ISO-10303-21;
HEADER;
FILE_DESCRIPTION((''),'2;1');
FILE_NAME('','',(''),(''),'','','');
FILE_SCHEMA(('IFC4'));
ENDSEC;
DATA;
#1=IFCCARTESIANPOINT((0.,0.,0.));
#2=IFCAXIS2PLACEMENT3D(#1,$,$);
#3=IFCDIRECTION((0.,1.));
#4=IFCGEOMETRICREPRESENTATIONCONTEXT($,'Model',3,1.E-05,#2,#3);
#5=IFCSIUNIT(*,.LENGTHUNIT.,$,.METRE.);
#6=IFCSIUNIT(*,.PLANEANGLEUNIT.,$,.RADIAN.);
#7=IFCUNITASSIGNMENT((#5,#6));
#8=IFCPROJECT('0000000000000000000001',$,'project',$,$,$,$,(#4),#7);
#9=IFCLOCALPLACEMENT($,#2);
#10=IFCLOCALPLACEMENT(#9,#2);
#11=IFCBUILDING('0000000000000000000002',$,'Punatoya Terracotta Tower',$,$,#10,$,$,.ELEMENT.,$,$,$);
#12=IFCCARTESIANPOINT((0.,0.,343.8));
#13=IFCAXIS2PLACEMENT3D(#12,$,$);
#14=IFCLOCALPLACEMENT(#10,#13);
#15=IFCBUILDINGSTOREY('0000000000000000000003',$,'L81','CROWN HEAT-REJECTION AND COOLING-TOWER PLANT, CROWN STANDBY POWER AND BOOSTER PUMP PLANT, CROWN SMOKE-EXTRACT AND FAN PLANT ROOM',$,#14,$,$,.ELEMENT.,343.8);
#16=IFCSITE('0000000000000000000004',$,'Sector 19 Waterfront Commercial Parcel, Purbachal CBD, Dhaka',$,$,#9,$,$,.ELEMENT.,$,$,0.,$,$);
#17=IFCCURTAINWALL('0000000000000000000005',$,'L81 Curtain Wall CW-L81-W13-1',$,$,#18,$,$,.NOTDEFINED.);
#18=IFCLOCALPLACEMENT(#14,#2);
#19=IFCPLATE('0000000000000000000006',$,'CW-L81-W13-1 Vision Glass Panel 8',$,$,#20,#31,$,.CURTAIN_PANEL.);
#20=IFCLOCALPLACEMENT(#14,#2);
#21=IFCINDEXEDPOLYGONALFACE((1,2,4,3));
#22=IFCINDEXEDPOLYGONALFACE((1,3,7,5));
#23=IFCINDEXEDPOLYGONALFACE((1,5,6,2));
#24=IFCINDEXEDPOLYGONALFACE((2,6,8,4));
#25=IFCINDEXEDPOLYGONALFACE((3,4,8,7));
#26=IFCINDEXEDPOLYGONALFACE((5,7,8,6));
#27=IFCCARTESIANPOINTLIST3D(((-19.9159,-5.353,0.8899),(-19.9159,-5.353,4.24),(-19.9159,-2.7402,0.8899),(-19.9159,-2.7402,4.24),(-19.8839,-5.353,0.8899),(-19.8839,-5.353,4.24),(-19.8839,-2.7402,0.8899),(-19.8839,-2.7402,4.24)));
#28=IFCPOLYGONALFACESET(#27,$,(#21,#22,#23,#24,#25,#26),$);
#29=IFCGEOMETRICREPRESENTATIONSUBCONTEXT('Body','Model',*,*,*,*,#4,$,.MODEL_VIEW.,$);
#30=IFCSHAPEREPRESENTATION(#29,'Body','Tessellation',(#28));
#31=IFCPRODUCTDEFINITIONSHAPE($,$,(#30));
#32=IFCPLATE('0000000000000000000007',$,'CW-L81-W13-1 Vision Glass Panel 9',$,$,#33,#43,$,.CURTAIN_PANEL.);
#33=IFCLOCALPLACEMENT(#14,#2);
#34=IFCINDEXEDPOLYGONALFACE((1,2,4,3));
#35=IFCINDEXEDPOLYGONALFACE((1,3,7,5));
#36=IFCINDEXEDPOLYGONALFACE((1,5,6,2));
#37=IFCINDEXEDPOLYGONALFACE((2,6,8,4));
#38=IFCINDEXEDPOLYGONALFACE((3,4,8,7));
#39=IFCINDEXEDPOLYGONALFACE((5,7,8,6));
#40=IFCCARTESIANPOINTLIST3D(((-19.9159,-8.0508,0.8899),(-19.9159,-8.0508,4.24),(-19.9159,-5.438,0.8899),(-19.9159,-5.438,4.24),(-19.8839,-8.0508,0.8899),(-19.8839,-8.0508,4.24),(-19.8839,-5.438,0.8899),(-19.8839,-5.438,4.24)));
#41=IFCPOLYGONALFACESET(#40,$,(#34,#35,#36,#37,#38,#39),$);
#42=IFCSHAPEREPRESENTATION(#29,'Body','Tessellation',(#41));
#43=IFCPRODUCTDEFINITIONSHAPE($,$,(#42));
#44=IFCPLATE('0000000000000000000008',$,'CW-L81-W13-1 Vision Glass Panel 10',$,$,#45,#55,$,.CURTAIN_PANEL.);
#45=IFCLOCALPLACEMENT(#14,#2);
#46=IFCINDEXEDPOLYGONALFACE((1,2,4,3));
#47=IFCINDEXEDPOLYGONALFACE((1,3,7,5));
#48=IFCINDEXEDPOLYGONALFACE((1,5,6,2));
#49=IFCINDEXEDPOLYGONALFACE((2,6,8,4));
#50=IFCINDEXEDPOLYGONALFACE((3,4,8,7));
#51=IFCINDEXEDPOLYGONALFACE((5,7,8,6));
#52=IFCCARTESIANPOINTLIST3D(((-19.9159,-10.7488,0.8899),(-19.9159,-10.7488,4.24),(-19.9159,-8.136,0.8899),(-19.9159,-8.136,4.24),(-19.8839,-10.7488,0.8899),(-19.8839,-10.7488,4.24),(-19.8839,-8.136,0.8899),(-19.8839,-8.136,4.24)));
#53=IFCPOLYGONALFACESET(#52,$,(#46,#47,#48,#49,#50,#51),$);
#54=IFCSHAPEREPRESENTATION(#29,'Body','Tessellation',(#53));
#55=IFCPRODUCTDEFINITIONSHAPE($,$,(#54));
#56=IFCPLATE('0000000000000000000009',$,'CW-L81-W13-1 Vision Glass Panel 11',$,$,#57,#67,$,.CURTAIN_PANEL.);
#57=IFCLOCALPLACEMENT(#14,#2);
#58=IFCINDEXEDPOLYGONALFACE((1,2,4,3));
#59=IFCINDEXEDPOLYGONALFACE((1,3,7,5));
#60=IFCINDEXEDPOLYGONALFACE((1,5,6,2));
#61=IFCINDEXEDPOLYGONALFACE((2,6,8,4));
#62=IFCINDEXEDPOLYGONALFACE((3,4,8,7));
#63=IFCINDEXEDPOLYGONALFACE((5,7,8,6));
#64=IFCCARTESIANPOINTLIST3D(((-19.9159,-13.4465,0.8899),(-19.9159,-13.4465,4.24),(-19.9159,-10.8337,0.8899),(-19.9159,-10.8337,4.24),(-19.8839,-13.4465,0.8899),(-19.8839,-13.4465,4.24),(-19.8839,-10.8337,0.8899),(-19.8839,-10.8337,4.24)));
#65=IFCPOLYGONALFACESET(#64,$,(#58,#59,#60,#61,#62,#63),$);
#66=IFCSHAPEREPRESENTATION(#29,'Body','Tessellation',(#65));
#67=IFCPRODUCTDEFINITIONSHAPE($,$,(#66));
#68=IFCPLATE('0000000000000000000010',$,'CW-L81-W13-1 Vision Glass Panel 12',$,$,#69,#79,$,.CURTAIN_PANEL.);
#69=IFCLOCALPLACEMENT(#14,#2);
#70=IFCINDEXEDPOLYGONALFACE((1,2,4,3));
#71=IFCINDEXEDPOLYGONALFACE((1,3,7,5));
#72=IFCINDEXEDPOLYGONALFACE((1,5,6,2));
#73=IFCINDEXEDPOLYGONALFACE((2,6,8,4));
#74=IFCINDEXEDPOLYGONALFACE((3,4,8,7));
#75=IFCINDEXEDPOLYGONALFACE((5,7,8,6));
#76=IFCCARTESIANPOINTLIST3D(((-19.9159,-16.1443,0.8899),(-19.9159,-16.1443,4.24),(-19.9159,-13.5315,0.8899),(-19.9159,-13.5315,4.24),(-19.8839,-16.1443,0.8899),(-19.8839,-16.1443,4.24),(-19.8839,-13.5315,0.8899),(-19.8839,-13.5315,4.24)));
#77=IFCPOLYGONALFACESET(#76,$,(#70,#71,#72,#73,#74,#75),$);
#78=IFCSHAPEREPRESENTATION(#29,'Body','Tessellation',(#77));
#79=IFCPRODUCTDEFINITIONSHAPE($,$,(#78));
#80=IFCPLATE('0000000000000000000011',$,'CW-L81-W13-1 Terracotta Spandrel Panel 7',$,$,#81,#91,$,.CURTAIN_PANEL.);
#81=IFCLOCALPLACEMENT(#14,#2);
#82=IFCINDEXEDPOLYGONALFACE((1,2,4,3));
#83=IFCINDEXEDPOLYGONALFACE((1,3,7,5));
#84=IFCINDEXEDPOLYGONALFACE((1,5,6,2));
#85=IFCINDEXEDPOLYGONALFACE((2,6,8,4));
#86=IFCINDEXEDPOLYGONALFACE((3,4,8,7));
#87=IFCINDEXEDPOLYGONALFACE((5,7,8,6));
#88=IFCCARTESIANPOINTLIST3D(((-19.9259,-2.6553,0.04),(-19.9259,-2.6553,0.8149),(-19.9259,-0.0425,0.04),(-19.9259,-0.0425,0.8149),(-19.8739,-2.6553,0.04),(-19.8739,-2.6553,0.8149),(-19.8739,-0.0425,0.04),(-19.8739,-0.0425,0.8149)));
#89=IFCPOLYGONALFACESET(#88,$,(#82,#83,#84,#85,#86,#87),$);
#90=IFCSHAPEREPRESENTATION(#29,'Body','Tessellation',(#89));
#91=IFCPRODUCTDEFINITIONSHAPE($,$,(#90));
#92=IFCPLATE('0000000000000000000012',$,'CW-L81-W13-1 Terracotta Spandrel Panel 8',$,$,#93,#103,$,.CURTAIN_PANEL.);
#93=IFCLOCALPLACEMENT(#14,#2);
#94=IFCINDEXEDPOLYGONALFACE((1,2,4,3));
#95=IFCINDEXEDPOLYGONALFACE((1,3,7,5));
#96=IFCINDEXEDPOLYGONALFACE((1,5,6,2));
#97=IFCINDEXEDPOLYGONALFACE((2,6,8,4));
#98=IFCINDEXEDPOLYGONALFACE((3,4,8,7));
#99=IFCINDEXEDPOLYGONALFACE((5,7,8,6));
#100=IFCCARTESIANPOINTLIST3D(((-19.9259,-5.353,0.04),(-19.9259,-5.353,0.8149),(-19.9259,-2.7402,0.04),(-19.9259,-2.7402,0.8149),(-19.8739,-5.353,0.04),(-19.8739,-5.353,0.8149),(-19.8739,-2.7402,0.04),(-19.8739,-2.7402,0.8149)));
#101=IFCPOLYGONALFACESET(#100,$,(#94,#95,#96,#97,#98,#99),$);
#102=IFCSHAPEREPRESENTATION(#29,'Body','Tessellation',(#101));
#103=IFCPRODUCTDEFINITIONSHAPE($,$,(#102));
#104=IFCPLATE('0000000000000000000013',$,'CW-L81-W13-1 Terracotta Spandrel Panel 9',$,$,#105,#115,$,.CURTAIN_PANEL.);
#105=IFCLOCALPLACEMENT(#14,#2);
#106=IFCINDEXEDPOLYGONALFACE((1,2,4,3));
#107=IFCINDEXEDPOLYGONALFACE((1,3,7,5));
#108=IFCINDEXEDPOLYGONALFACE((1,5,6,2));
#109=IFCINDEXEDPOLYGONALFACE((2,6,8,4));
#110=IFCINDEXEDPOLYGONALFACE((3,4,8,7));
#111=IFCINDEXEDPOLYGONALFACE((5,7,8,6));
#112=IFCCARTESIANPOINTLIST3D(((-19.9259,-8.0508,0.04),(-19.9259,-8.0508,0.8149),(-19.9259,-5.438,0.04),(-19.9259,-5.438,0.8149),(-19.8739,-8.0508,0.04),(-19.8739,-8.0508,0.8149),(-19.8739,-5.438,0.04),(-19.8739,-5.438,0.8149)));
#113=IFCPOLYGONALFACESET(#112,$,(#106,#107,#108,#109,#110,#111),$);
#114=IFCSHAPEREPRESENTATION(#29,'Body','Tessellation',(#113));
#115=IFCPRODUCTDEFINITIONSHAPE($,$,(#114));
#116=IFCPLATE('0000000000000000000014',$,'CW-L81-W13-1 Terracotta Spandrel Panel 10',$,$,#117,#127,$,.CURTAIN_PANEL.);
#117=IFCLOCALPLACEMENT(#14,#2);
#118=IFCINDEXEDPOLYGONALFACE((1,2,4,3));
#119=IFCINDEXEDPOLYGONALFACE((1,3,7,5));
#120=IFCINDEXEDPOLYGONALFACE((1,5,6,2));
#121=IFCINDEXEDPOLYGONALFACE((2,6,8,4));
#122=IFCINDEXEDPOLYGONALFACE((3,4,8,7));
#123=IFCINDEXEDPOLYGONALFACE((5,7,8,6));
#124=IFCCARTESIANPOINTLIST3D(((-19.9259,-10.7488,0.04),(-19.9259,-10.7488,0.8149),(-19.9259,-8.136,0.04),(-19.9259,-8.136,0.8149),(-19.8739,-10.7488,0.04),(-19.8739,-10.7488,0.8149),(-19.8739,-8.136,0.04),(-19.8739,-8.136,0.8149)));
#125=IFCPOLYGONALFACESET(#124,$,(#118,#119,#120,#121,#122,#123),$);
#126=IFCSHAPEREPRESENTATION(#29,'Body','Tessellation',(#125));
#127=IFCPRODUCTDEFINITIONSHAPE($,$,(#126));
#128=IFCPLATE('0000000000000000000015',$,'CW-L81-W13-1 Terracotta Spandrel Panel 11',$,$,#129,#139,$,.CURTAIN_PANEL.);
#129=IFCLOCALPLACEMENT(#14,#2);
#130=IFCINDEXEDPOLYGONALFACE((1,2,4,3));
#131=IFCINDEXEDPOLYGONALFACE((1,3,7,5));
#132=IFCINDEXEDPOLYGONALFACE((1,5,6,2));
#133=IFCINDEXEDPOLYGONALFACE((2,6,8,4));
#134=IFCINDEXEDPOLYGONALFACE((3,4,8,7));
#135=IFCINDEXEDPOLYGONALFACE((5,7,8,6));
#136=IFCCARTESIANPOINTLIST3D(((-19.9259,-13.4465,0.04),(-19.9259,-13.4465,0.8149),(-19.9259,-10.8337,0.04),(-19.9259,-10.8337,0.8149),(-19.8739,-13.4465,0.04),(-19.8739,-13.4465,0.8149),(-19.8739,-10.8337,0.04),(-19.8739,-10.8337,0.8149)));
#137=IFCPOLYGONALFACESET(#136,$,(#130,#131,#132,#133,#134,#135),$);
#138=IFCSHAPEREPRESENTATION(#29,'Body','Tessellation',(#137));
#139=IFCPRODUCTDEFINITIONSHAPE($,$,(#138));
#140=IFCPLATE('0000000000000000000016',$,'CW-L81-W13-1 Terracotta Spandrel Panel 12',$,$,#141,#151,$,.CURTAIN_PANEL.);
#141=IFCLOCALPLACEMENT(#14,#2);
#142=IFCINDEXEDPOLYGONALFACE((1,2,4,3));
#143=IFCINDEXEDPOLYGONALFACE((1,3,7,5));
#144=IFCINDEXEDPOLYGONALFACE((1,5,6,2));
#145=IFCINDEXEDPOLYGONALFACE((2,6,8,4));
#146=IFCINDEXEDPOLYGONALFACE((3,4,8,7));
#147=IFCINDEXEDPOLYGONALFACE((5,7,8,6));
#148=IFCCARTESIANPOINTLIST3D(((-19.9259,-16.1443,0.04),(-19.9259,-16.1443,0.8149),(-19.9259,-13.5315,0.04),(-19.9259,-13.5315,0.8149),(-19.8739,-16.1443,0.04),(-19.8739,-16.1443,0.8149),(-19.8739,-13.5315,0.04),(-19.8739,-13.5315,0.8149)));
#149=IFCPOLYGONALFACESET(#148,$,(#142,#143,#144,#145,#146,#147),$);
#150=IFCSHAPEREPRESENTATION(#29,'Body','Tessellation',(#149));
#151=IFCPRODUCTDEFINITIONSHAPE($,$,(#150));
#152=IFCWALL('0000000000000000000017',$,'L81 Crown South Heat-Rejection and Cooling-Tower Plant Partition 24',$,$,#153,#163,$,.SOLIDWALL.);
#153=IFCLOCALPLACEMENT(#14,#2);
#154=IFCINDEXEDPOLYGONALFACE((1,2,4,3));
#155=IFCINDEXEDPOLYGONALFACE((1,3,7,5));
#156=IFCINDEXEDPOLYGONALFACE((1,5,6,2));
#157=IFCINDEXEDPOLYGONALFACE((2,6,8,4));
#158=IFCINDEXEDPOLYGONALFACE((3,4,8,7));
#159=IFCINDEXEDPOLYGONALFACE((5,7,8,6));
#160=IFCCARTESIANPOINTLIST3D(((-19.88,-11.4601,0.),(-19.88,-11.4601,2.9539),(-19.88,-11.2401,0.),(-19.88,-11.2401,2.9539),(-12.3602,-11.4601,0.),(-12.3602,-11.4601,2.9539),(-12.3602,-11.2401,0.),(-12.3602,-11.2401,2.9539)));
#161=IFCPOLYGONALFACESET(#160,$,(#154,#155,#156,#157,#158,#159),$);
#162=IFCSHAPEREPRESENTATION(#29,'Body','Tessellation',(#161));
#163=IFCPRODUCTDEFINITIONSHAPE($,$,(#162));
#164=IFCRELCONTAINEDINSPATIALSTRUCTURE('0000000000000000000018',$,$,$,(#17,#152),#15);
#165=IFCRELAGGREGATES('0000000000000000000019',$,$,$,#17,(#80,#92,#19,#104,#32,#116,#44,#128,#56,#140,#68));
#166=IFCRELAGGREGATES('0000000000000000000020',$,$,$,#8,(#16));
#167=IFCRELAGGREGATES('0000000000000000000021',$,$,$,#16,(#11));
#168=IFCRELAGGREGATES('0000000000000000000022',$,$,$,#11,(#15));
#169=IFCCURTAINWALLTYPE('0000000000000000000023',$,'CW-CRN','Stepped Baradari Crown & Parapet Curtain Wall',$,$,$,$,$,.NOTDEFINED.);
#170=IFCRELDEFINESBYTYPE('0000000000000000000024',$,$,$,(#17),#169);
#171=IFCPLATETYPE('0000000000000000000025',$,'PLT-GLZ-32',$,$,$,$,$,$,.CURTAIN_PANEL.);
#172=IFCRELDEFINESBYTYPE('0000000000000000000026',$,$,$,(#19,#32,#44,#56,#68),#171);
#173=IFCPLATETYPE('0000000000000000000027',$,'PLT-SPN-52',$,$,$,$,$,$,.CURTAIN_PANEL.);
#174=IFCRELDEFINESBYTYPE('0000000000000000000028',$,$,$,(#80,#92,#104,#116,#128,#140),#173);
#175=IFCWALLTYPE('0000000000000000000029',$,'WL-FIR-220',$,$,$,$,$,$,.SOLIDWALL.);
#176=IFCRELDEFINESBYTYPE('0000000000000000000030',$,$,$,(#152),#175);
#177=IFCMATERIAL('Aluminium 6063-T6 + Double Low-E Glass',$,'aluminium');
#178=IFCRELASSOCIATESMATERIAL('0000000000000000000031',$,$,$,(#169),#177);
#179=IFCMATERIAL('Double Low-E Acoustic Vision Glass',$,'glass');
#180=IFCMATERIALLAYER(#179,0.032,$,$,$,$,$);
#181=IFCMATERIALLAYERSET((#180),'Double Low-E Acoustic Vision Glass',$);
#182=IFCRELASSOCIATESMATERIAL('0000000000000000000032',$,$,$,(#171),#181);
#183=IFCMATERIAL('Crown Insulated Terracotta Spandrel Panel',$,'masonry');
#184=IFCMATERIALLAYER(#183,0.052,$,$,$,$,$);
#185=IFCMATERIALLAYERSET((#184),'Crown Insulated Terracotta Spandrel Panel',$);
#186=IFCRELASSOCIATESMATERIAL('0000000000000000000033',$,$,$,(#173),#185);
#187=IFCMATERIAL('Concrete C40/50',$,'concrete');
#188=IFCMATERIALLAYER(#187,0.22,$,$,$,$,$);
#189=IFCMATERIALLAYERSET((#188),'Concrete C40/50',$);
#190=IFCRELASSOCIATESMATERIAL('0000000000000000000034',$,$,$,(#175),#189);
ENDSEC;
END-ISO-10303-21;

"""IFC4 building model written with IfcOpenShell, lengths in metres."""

from ifc_helpers import new_model, si_unit, direction, frame, frame_2d, origin, origin_2d, place, context, subcontext, project, spatial, rectangle, extrude, material, layer, layer_set, type_object, element, aggregate, save


model = new_model("IFC4")

# Units and contexts
model_context = context("Model", 3, precision=1e-05, world=origin(), true_north=direction((0.0, 1.0)))
body_context = subcontext(model_context, "Body", "Model", "MODEL_VIEW")
ifc_project = project(units=[si_unit("LENGTHUNIT", "METRE"), si_unit("PLANEANGLEUNIT", "RADIAN")], contexts=[model_context])

# Site, building, storey
site_placement = place(None, origin())
site = spatial("IfcSite", under=ifc_project, at=site_placement, Name="Sector 19 Waterfront Commercial Parcel, Purbachal CBD, Dhaka", CompositionType="ELEMENT", RefElevation=0.0)
building_placement = place(site_placement, origin())
building = spatial("IfcBuilding", under=site, at=building_placement, Name="Punatoya Terracotta Tower", CompositionType="ELEMENT")
storey_placement = place(building_placement, frame((0.0, 0.0, 343.8)))
storey = spatial("IfcBuildingStorey", under=building, at=storey_placement, Name="L81", Description="CROWN HEAT-REJECTION AND COOLING-TOWER PLANT, CROWN STANDBY POWER AND BOOSTER PUMP PLANT, CROWN SMOKE-EXTRACT AND FAN PLANT ROOM", CompositionType="ELEMENT", Elevation=343.8)

# Curtain wall, plates
ifc_material_1 = material(Name="Aluminium 6063-T6 + Double Low-E Glass", Category="aluminium")
curtain_wall_type = type_object("IfcCurtainWallType", Name="CW-CRN", Description="Stepped Baradari Crown & Parapet Curtain Wall", PredefinedType="NOTDEFINED", material=ifc_material_1)
curtain_wall_placement = place(storey_placement, origin())
curtain_wall = element("IfcCurtainWall", 1, at=curtain_wall_placement, inside=storey, type_object=curtain_wall_type, Name="L81 Curtain Wall CW-L81-W13-1", PredefinedType="NOTDEFINED")
ifc_material_2 = material(Name="Double Low-E Acoustic Vision Glass", Category="glass")
ifc_layer_1 = layer(ifc_material_2, 0.032)
ifc_layer_set_1 = layer_set([ifc_layer_1], Name="Double Low-E Acoustic Vision Glass")
plate_type_1 = type_object("IfcPlateType", Name="PLT-GLZ-32", PredefinedType="CURTAIN_PANEL", material=ifc_layer_set_1)
plate_1_placement = place(storey_placement, frame((-19.8999, -4.0466, 0.8899), z_axis=(0.0, 0.0, 1.0), x_axis=(0.0, -1.0, 0.0)))
plate_1 = element("IfcPlate", 2, at=plate_1_placement, type_object=plate_type_1, Name="CW-L81-W13-1 Vision Glass Panel 8", PredefinedType="CURTAIN_PANEL", context=body_context, shape_type="SweptSolid", body=[
    extrude(rectangle(XDim=2.6128, YDim=0.032, at=origin_2d()), origin(), (0.0, 0.0, 1.0), 3.3501),
])
plate_2_placement = place(storey_placement, frame((-19.8999, -6.7444, 0.8899), z_axis=(0.0, 0.0, 1.0), x_axis=(0.0, -1.0, 0.0)))
plate_2 = element("IfcPlate", 3, at=plate_2_placement, type_object=plate_type_1, Name="CW-L81-W13-1 Vision Glass Panel 9", PredefinedType="CURTAIN_PANEL", context=body_context, shape_type="SweptSolid", body=[
    extrude(rectangle(XDim=2.6128, YDim=0.032, at=origin_2d()), origin(), (0.0, 0.0, 1.0), 3.3501),
])
plate_3_placement = place(storey_placement, frame((-19.8999, -9.4424, 0.8899), z_axis=(0.0, 0.0, 1.0), x_axis=(0.0, -1.0, 0.0)))
plate_3 = element("IfcPlate", 4, at=plate_3_placement, type_object=plate_type_1, Name="CW-L81-W13-1 Vision Glass Panel 10", PredefinedType="CURTAIN_PANEL", context=body_context, shape_type="SweptSolid", body=[
    extrude(rectangle(XDim=2.6128, YDim=0.032, at=origin_2d()), origin(), (0.0, 0.0, 1.0), 3.3501),
])
plate_4_placement = place(storey_placement, frame((-19.8999, -12.1401, 0.8899), z_axis=(0.0, 0.0, 1.0), x_axis=(0.0, -1.0, 0.0)))
plate_4 = element("IfcPlate", 5, at=plate_4_placement, type_object=plate_type_1, Name="CW-L81-W13-1 Vision Glass Panel 11", PredefinedType="CURTAIN_PANEL", context=body_context, shape_type="SweptSolid", body=[
    extrude(rectangle(XDim=2.6128, YDim=0.032, at=origin_2d()), origin(), (0.0, 0.0, 1.0), 3.3501),
])
plate_5_placement = place(storey_placement, frame((-19.8999, -14.8379, 0.8899), z_axis=(0.0, 0.0, 1.0), x_axis=(0.0, -1.0, 0.0)))
plate_5 = element("IfcPlate", 6, at=plate_5_placement, type_object=plate_type_1, Name="CW-L81-W13-1 Vision Glass Panel 12", PredefinedType="CURTAIN_PANEL", context=body_context, shape_type="SweptSolid", body=[
    extrude(rectangle(XDim=2.6128, YDim=0.032, at=origin_2d()), origin(), (0.0, 0.0, 1.0), 3.3501),
])
ifc_material_3 = material(Name="Crown Insulated Terracotta Spandrel Panel", Category="masonry")
ifc_layer_2 = layer(ifc_material_3, 0.052)
ifc_layer_set_2 = layer_set([ifc_layer_2], Name="Crown Insulated Terracotta Spandrel Panel")
plate_type_2 = type_object("IfcPlateType", Name="PLT-SPN-52", PredefinedType="CURTAIN_PANEL", material=ifc_layer_set_2)
plate_6_placement = place(storey_placement, frame((-19.8999, -1.3489, 0.04), z_axis=(0.0, 0.0, 1.0), x_axis=(0.0, -1.0, 0.0)))
plate_6 = element("IfcPlate", 7, at=plate_6_placement, type_object=plate_type_2, Name="CW-L81-W13-1 Terracotta Spandrel Panel 7", PredefinedType="CURTAIN_PANEL", context=body_context, shape_type="SweptSolid", body=[
    extrude(rectangle(XDim=2.6128, YDim=0.052, at=origin_2d()), origin(), (0.0, 0.0, 1.0), 0.7749),
])
plate_7_placement = place(storey_placement, frame((-19.8999, -4.0466, 0.04), z_axis=(0.0, 0.0, 1.0), x_axis=(0.0, -1.0, 0.0)))
plate_7 = element("IfcPlate", 8, at=plate_7_placement, type_object=plate_type_2, Name="CW-L81-W13-1 Terracotta Spandrel Panel 8", PredefinedType="CURTAIN_PANEL", context=body_context, shape_type="SweptSolid", body=[
    extrude(rectangle(XDim=2.6128, YDim=0.052, at=origin_2d()), origin(), (0.0, 0.0, 1.0), 0.7749),
])
plate_8_placement = place(storey_placement, frame((-19.8999, -6.7444, 0.04), z_axis=(0.0, 0.0, 1.0), x_axis=(0.0, -1.0, 0.0)))
plate_8 = element("IfcPlate", 9, at=plate_8_placement, type_object=plate_type_2, Name="CW-L81-W13-1 Terracotta Spandrel Panel 9", PredefinedType="CURTAIN_PANEL", context=body_context, shape_type="SweptSolid", body=[
    extrude(rectangle(XDim=2.6128, YDim=0.052, at=origin_2d()), origin(), (0.0, 0.0, 1.0), 0.7749),
])
plate_9_placement = place(storey_placement, frame((-19.8999, -9.4424, 0.04), z_axis=(0.0, 0.0, 1.0), x_axis=(0.0, -1.0, 0.0)))
plate_9 = element("IfcPlate", 10, at=plate_9_placement, type_object=plate_type_2, Name="CW-L81-W13-1 Terracotta Spandrel Panel 10", PredefinedType="CURTAIN_PANEL", context=body_context, shape_type="SweptSolid", body=[
    extrude(rectangle(XDim=2.6128, YDim=0.052, at=origin_2d()), origin(), (0.0, 0.0, 1.0), 0.7749),
])
plate_10_placement = place(storey_placement, frame((-19.8999, -12.1401, 0.04), z_axis=(0.0, 0.0, 1.0), x_axis=(0.0, -1.0, 0.0)))
plate_10 = element("IfcPlate", 11, at=plate_10_placement, type_object=plate_type_2, Name="CW-L81-W13-1 Terracotta Spandrel Panel 11", PredefinedType="CURTAIN_PANEL", context=body_context, shape_type="SweptSolid", body=[
    extrude(rectangle(XDim=2.6128, YDim=0.052, at=origin_2d()), origin(), (0.0, 0.0, 1.0), 0.7749),
])
plate_11_placement = place(storey_placement, frame((-19.8999, -14.8379, 0.04), z_axis=(0.0, 0.0, 1.0), x_axis=(0.0, -1.0, 0.0)))
plate_11 = element("IfcPlate", 12, at=plate_11_placement, type_object=plate_type_2, Name="CW-L81-W13-1 Terracotta Spandrel Panel 12", PredefinedType="CURTAIN_PANEL", context=body_context, shape_type="SweptSolid", body=[
    extrude(rectangle(XDim=2.6128, YDim=0.052, at=origin_2d()), origin(), (0.0, 0.0, 1.0), 0.7749),
])
aggregate(curtain_wall, [plate_6, plate_7, plate_1, plate_8, plate_2, plate_9, plate_3, plate_10, plate_4, plate_11, plate_5])

# Wall
ifc_material_4 = material(Name="Concrete C40/50", Category="concrete")
ifc_layer_3 = layer(ifc_material_4, 0.22)
ifc_layer_set_3 = layer_set([ifc_layer_3], Name="Concrete C40/50")
wall_type = type_object("IfcWallType", Name="WL-FIR-220", PredefinedType="SOLIDWALL", material=ifc_layer_set_3)
wall_placement = place(storey_placement, frame((-19.8799, -11.3501, 0.0), z_axis=(0.0, 0.0, 1.0), x_axis=(1.0, 0.0, 0.0)))
element("IfcWall", 13, at=wall_placement, inside=storey, type_object=wall_type, Name="L81 Crown South Heat-Rejection and Cooling-Tower Plant Partition 24", PredefinedType="SOLIDWALL", context=body_context, shape_type="SweptSolid", body=[
    extrude(rectangle(XDim=7.5198, YDim=0.22, at=frame_2d((3.7598, 0.0))), origin(), (0.0, 0.0, 1.0), 2.9539),
])

save(model, "model.ifc")
